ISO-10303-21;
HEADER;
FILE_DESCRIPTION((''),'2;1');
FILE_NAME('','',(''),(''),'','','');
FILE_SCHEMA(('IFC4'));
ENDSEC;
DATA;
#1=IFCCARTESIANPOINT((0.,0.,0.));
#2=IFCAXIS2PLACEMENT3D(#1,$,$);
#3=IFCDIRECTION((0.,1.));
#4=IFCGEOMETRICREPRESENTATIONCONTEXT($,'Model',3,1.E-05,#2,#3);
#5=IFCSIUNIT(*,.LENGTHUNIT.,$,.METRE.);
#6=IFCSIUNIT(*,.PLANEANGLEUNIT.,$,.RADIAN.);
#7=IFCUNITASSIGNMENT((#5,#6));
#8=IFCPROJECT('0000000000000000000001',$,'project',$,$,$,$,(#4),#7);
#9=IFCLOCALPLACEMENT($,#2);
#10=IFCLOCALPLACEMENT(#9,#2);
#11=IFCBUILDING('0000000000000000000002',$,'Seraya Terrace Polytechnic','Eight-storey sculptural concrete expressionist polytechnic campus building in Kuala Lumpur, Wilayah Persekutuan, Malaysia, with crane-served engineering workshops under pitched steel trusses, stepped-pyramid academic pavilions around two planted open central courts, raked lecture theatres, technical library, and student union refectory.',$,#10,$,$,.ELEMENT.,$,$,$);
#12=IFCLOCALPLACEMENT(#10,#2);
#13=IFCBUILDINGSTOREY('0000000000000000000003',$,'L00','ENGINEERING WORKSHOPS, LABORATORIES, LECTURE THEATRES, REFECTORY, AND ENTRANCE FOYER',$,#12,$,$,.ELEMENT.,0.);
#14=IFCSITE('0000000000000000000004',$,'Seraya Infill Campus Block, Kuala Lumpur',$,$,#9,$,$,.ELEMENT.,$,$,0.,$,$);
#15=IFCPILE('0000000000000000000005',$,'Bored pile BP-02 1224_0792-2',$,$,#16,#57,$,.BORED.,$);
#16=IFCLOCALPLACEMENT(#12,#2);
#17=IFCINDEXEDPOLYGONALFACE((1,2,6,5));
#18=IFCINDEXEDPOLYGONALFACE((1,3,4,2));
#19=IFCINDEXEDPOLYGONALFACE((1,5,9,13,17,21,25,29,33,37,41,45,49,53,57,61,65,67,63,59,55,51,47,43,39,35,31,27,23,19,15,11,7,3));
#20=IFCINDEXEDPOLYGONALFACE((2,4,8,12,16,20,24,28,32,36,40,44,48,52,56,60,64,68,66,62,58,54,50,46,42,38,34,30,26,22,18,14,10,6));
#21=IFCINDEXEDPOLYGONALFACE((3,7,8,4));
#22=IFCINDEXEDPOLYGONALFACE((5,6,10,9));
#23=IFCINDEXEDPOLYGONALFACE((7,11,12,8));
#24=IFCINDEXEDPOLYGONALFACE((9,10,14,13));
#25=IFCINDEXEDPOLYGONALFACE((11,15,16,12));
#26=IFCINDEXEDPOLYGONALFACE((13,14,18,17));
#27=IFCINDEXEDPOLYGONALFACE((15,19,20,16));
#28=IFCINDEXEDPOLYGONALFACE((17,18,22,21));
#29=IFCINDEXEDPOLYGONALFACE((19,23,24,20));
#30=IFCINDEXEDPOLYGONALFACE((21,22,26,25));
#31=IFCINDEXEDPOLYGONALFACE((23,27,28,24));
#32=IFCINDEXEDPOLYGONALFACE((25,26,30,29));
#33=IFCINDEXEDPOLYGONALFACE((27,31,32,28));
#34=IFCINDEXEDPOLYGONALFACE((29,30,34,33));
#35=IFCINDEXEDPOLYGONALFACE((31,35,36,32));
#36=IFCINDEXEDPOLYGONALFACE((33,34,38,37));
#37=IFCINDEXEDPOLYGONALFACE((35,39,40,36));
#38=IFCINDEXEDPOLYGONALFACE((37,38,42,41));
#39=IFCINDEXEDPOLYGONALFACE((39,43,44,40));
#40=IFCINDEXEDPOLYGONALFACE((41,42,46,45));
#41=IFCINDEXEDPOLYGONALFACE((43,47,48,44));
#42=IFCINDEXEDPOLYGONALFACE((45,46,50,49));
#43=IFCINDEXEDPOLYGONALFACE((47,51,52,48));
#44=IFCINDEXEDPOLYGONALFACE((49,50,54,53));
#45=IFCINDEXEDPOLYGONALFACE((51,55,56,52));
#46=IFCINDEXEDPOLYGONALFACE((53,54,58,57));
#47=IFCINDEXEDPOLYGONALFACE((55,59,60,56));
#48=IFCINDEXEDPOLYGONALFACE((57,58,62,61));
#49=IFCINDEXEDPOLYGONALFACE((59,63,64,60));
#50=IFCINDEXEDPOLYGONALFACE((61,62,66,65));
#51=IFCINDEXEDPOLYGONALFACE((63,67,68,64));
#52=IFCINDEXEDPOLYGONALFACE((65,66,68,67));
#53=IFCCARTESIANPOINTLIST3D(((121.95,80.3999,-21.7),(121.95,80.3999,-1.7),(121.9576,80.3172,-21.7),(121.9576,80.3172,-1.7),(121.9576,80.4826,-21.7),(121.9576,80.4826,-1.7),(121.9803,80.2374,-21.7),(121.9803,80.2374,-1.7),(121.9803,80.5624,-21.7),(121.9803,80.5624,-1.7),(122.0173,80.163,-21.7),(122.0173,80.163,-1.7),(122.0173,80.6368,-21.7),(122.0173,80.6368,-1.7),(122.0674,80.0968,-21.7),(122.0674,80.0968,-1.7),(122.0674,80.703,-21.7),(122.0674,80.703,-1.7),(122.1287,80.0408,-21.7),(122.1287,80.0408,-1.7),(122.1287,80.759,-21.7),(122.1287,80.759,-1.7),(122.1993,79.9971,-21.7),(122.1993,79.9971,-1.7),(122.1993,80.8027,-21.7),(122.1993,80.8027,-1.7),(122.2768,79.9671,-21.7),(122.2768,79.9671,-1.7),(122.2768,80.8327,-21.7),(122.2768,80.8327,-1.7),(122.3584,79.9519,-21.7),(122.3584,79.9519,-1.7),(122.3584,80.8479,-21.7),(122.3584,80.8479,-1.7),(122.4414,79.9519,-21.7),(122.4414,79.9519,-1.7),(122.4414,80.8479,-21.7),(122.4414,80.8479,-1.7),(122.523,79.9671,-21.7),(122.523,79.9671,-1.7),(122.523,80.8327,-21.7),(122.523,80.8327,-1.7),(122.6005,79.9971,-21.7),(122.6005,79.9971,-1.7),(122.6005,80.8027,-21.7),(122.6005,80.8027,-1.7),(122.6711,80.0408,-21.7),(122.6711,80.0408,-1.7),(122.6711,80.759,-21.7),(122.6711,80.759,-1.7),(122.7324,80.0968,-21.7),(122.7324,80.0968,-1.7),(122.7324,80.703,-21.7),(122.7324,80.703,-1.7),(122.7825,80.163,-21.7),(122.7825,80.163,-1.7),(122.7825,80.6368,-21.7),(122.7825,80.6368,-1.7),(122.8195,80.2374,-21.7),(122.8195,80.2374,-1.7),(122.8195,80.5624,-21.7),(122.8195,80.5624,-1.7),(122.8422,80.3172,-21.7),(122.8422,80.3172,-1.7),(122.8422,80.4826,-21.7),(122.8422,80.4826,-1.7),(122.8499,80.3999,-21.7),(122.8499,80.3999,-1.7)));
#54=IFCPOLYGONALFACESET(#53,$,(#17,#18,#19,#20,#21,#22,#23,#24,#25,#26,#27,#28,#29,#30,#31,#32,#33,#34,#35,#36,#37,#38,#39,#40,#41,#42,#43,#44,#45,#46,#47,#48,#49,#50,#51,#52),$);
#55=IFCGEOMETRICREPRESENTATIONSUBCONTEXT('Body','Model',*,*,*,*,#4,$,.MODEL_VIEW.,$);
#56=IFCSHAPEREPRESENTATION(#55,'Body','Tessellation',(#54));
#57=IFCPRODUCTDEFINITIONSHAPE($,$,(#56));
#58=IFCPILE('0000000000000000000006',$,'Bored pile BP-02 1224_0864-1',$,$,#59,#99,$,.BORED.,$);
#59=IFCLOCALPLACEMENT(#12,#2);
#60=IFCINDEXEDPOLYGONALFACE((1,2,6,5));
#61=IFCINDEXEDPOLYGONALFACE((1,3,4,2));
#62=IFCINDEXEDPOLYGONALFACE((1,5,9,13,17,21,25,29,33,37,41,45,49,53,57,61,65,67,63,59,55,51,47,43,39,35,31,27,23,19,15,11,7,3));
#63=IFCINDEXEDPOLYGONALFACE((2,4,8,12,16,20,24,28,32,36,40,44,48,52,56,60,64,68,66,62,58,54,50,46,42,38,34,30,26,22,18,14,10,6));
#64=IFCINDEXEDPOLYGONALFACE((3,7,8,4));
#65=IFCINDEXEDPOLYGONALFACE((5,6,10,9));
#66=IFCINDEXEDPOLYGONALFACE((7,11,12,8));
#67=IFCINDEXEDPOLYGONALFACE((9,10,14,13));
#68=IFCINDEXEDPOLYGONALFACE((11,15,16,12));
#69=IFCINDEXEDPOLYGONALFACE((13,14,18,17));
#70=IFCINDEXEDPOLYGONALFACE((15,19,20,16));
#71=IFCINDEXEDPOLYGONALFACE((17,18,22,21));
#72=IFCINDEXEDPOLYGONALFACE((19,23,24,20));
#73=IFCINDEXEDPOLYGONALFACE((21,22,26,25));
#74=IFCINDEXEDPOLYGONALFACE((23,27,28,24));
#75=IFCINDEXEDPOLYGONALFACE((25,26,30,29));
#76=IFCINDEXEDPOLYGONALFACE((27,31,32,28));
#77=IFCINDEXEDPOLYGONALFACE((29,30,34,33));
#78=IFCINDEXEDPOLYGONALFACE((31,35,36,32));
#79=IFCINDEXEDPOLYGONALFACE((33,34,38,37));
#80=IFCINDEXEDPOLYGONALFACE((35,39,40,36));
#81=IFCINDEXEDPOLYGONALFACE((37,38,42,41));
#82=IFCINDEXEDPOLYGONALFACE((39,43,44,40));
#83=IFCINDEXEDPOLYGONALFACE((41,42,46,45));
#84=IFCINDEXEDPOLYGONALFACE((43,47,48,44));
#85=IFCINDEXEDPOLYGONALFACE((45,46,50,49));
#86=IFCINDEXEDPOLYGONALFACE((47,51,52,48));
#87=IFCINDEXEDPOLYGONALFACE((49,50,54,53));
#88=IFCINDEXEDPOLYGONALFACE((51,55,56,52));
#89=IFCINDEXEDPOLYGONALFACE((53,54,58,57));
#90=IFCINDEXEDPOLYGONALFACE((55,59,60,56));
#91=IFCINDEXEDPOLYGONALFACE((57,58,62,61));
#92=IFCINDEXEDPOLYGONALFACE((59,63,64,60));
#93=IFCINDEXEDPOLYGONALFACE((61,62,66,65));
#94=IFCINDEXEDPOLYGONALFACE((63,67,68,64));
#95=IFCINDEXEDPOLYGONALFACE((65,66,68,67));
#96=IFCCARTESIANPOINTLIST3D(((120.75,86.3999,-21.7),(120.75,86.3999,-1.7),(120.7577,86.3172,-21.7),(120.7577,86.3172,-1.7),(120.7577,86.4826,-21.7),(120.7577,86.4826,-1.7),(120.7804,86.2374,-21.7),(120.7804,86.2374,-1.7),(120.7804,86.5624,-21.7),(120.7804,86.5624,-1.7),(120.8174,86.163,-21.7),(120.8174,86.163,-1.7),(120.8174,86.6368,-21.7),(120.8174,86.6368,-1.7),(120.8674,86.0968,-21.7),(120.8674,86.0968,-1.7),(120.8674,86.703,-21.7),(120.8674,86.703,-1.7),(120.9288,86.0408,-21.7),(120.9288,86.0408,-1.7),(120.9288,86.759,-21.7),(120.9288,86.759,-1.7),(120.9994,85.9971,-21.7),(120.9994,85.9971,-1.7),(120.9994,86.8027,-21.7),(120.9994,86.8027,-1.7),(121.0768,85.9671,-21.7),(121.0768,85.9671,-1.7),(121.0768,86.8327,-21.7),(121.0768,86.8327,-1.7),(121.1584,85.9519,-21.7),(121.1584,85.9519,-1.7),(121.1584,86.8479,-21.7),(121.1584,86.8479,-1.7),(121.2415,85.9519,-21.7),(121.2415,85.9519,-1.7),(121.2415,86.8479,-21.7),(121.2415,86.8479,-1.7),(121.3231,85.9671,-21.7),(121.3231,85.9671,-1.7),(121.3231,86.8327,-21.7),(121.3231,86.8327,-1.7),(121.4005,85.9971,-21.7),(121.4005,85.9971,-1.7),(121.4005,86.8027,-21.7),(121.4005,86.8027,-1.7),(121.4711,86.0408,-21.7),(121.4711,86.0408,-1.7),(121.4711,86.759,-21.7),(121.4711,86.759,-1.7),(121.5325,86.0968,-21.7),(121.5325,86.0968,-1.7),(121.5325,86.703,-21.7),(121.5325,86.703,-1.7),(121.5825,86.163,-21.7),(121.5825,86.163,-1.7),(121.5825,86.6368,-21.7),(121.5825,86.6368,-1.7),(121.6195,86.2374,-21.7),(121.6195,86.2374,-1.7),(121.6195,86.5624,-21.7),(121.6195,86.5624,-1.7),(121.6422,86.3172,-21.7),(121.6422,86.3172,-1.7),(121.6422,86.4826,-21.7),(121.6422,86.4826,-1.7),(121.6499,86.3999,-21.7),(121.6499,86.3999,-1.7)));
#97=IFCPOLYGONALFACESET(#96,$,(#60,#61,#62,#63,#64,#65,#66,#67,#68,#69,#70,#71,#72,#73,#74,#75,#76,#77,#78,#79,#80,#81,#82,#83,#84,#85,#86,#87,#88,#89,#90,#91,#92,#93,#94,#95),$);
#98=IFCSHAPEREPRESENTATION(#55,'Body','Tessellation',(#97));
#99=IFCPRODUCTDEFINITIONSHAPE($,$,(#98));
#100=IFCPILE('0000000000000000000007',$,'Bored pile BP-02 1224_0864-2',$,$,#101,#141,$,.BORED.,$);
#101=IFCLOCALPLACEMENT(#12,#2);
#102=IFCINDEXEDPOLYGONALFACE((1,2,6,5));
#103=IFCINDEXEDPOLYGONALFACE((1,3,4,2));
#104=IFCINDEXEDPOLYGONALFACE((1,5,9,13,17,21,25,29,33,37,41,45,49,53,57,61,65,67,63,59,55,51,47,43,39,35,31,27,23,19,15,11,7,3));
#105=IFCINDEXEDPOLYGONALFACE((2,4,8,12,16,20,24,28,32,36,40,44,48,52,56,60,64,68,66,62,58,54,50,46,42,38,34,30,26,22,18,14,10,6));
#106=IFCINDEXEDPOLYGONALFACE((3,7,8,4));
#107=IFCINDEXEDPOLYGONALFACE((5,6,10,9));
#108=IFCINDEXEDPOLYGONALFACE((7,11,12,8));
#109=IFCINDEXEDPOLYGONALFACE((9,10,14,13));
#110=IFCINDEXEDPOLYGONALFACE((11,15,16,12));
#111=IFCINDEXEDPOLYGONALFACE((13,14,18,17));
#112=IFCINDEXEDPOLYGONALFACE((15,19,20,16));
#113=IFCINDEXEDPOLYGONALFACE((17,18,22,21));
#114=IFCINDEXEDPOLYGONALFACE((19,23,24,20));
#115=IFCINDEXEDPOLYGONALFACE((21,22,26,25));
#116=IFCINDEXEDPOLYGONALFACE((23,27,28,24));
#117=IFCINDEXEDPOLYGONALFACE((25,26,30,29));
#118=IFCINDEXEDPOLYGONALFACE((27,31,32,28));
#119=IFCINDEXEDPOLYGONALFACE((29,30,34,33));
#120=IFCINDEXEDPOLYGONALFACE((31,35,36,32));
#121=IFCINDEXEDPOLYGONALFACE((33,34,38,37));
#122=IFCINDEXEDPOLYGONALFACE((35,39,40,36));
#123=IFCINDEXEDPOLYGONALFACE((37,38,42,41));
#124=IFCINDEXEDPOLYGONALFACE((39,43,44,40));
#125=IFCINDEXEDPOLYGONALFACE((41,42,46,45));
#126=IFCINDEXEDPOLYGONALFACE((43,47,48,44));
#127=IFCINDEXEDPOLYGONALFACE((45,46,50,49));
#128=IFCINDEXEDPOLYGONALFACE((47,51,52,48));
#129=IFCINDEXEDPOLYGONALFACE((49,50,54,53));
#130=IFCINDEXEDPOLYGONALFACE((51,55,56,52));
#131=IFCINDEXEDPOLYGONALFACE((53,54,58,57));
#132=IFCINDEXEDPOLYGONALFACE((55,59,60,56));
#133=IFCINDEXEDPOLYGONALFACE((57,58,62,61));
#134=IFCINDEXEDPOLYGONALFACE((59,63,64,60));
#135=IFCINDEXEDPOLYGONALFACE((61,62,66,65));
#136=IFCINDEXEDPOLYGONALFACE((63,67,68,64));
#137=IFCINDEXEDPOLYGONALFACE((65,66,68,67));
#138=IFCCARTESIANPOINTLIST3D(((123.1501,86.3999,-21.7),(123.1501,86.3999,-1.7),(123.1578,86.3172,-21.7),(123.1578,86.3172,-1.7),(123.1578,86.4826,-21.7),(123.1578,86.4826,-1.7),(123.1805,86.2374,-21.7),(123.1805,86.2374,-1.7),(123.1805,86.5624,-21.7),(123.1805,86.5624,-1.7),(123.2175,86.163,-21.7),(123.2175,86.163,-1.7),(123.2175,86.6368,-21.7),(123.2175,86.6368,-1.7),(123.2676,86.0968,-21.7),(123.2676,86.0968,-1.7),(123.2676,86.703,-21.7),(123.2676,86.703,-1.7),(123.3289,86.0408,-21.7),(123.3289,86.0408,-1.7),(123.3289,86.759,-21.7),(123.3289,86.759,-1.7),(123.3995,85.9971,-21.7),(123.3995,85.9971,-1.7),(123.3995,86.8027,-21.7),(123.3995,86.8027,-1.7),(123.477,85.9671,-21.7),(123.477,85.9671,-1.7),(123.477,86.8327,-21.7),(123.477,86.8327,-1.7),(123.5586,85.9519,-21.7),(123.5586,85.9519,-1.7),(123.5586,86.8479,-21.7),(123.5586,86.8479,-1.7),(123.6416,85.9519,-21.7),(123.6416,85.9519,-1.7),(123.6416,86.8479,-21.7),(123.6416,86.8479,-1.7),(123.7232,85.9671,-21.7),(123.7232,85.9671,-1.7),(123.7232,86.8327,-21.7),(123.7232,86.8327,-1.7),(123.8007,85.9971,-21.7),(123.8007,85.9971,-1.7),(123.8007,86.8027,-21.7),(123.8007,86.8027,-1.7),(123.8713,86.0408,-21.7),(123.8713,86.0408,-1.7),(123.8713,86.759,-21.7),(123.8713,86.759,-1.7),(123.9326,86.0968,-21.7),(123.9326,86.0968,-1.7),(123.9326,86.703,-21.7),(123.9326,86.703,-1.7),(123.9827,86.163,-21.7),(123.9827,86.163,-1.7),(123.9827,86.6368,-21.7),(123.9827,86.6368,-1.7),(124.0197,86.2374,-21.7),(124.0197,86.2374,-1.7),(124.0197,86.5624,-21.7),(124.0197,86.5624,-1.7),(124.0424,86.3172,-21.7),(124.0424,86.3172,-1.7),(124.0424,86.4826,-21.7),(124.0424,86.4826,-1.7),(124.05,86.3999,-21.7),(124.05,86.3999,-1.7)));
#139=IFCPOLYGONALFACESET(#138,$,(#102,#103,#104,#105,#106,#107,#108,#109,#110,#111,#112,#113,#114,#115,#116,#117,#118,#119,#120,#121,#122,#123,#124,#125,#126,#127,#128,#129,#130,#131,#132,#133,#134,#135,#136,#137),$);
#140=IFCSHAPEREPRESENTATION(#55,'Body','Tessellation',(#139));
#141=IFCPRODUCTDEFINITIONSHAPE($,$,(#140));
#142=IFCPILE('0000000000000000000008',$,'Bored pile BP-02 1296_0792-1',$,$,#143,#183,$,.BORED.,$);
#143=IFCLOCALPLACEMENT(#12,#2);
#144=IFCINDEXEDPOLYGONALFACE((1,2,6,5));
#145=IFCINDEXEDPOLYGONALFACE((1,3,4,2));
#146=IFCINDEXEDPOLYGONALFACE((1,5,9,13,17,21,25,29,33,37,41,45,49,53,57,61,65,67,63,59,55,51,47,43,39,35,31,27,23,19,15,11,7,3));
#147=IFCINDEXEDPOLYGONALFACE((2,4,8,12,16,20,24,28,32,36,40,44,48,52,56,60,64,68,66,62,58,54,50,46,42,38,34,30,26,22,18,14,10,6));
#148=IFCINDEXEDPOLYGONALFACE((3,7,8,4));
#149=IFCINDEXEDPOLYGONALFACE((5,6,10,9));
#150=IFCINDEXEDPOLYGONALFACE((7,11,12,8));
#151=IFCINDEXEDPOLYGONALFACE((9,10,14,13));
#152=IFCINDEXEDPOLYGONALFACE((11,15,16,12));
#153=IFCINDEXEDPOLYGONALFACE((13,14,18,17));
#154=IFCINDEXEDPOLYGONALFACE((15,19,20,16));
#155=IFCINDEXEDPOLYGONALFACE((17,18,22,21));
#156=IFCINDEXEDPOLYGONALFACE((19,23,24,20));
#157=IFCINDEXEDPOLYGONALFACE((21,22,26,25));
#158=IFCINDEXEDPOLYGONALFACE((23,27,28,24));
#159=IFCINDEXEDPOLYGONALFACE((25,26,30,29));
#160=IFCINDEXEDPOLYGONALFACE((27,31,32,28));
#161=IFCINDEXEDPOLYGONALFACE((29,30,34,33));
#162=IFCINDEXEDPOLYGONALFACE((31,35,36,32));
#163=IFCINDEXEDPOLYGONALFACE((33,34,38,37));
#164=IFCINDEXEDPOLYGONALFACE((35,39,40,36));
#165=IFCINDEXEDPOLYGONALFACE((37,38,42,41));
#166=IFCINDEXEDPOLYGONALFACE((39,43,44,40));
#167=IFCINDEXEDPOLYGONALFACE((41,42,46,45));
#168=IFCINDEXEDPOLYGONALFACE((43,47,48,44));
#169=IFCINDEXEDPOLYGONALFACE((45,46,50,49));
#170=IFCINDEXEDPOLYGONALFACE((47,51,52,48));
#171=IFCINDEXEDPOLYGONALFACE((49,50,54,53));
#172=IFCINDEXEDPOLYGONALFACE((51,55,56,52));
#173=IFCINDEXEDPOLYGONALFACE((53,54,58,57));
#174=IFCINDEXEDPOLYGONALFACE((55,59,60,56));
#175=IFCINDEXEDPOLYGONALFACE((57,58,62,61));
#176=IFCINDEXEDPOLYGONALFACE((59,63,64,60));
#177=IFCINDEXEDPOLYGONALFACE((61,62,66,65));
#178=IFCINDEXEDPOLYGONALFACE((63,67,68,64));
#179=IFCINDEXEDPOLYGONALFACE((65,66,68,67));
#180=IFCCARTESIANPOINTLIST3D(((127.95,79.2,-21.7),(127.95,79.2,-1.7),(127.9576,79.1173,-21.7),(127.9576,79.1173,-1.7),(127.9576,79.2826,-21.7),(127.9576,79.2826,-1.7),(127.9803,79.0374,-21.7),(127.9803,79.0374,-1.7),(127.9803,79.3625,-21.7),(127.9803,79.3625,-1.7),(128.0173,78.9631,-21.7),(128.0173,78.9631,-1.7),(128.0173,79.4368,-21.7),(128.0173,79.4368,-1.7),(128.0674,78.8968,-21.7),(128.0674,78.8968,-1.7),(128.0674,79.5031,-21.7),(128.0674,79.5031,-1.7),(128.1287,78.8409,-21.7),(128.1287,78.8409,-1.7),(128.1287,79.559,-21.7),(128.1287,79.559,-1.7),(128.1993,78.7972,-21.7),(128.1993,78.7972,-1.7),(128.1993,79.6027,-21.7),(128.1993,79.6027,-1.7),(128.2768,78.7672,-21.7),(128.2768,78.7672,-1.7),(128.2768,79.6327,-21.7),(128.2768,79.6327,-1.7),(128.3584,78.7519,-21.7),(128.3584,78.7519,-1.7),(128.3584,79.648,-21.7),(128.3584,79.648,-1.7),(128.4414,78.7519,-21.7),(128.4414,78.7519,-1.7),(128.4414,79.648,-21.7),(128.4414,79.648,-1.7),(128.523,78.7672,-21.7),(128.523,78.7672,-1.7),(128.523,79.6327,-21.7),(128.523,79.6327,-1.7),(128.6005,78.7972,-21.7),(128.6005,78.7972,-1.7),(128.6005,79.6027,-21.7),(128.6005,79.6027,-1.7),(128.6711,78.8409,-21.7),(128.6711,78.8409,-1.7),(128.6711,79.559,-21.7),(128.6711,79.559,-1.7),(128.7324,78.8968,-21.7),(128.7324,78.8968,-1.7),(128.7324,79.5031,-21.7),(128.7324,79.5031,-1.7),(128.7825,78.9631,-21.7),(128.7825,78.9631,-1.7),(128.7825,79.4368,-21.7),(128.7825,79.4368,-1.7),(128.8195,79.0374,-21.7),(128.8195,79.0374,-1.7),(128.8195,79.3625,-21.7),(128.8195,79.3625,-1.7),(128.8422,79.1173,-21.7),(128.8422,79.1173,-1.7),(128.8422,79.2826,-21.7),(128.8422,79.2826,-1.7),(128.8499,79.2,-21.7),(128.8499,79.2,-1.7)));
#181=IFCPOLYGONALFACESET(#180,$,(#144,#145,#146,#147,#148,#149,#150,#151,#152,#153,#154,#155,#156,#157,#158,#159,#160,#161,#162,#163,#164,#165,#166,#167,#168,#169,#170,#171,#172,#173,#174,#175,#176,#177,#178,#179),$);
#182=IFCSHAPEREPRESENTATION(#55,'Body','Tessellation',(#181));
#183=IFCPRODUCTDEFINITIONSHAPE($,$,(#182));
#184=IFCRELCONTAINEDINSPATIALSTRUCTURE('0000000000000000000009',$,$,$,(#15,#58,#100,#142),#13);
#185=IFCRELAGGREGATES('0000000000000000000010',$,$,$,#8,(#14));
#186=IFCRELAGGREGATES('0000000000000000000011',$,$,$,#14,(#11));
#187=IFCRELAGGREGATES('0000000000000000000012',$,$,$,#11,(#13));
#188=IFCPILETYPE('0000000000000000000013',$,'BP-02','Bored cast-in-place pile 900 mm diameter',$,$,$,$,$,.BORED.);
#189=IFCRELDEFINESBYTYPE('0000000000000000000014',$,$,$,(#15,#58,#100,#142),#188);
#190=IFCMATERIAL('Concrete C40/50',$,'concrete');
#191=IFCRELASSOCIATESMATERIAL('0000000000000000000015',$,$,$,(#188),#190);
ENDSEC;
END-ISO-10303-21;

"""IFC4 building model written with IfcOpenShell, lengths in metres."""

from ifc_helpers import new_model, si_unit, direction, frame, origin, origin_2d, place, context, subcontext, project, spatial, circle, extrude, material, material_profile, profile_set, type_object, element, save


model = new_model("IFC4")

# Units and contexts
model_context = context("Model", 3, precision=1e-05, world=origin(), true_north=direction((0.0, 1.0)))
body_context = subcontext(model_context, "Body", "Model", "MODEL_VIEW")
ifc_project = project(units=[si_unit("LENGTHUNIT", "METRE"), si_unit("PLANEANGLEUNIT", "RADIAN")], contexts=[model_context])

# Site, building, storey
site_placement = place(None, origin())
site = spatial("IfcSite", under=ifc_project, at=site_placement, Name="Seraya Infill Campus Block, Kuala Lumpur", CompositionType="ELEMENT", RefElevation=0.0)
building_placement = place(site_placement, origin())
building = spatial("IfcBuilding", under=site, at=building_placement, Name="Seraya Terrace Polytechnic", Description="Eight-storey sculptural concrete expressionist polytechnic campus building in Kuala Lumpur, Wilayah Persekutuan, Malaysia, with crane-served engineering workshops under pitched steel trusses, stepped-pyramid academic pavilions around two planted open central courts, raked lecture theatres, technical library, and student union refectory.", CompositionType="ELEMENT")
storey_placement = place(building_placement, origin())
storey = spatial("IfcBuildingStorey", under=building, at=storey_placement, Name="L00", Description="ENGINEERING WORKSHOPS, LABORATORIES, LECTURE THEATRES, REFECTORY, AND ENTRANCE FOYER", CompositionType="ELEMENT", Elevation=0.0)

# Piles
ifc_material_1 = material(Name="Concrete C40/50", Category="concrete")
ifc_material_profile_1 = material_profile(ifc_material_1, circle(Radius=0.45, at=origin_2d()), Name="DIA 900")
ifc_profile_set_1 = profile_set([ifc_material_profile_1], Name="Concrete C40/50")
pile_type_1 = type_object("IfcPileType", Name="BP-02", Description="Bored cast-in-place pile 900 mm diameter", PredefinedType="BORED", material=ifc_profile_set_1)
for number, where, z_axis, x_axis, name in (
    (1, (122.3999, 80.3999, -1.7), (0.0, 0.0, -1.0), (1.0, 0.0, 0.0), "Bored pile BP-02 1224_0792-2"),
    (2, (121.2, 86.3999, -1.7), (0.0, 0.0, -1.0), (1.0, 0.0, 0.0), "Bored pile BP-02 1224_0864-1"),
    (3, (123.6001, 86.3999, -1.7), (0.0, 0.0, -1.0), (1.0, 0.0, 0.0), "Bored pile BP-02 1224_0864-2"),
    (4, (128.3999, 79.2, -1.7), (0.0, 0.0, -1.0), (1.0, 0.0, 0.0), "Bored pile BP-02 1296_0792-1"),
):
    element("IfcPile", number, at=place(storey_placement, frame(where, z_axis=z_axis, x_axis=x_axis)), inside=storey, type_object=pile_type_1, Name=name, PredefinedType="BORED", context=body_context, shape_type="SweptSolid", body=[
        extrude(circle(Radius=0.45, at=origin_2d()), origin(), (0.0, 0.0, 1.0), 20.0),
    ])

save(model, "model.ifc")
